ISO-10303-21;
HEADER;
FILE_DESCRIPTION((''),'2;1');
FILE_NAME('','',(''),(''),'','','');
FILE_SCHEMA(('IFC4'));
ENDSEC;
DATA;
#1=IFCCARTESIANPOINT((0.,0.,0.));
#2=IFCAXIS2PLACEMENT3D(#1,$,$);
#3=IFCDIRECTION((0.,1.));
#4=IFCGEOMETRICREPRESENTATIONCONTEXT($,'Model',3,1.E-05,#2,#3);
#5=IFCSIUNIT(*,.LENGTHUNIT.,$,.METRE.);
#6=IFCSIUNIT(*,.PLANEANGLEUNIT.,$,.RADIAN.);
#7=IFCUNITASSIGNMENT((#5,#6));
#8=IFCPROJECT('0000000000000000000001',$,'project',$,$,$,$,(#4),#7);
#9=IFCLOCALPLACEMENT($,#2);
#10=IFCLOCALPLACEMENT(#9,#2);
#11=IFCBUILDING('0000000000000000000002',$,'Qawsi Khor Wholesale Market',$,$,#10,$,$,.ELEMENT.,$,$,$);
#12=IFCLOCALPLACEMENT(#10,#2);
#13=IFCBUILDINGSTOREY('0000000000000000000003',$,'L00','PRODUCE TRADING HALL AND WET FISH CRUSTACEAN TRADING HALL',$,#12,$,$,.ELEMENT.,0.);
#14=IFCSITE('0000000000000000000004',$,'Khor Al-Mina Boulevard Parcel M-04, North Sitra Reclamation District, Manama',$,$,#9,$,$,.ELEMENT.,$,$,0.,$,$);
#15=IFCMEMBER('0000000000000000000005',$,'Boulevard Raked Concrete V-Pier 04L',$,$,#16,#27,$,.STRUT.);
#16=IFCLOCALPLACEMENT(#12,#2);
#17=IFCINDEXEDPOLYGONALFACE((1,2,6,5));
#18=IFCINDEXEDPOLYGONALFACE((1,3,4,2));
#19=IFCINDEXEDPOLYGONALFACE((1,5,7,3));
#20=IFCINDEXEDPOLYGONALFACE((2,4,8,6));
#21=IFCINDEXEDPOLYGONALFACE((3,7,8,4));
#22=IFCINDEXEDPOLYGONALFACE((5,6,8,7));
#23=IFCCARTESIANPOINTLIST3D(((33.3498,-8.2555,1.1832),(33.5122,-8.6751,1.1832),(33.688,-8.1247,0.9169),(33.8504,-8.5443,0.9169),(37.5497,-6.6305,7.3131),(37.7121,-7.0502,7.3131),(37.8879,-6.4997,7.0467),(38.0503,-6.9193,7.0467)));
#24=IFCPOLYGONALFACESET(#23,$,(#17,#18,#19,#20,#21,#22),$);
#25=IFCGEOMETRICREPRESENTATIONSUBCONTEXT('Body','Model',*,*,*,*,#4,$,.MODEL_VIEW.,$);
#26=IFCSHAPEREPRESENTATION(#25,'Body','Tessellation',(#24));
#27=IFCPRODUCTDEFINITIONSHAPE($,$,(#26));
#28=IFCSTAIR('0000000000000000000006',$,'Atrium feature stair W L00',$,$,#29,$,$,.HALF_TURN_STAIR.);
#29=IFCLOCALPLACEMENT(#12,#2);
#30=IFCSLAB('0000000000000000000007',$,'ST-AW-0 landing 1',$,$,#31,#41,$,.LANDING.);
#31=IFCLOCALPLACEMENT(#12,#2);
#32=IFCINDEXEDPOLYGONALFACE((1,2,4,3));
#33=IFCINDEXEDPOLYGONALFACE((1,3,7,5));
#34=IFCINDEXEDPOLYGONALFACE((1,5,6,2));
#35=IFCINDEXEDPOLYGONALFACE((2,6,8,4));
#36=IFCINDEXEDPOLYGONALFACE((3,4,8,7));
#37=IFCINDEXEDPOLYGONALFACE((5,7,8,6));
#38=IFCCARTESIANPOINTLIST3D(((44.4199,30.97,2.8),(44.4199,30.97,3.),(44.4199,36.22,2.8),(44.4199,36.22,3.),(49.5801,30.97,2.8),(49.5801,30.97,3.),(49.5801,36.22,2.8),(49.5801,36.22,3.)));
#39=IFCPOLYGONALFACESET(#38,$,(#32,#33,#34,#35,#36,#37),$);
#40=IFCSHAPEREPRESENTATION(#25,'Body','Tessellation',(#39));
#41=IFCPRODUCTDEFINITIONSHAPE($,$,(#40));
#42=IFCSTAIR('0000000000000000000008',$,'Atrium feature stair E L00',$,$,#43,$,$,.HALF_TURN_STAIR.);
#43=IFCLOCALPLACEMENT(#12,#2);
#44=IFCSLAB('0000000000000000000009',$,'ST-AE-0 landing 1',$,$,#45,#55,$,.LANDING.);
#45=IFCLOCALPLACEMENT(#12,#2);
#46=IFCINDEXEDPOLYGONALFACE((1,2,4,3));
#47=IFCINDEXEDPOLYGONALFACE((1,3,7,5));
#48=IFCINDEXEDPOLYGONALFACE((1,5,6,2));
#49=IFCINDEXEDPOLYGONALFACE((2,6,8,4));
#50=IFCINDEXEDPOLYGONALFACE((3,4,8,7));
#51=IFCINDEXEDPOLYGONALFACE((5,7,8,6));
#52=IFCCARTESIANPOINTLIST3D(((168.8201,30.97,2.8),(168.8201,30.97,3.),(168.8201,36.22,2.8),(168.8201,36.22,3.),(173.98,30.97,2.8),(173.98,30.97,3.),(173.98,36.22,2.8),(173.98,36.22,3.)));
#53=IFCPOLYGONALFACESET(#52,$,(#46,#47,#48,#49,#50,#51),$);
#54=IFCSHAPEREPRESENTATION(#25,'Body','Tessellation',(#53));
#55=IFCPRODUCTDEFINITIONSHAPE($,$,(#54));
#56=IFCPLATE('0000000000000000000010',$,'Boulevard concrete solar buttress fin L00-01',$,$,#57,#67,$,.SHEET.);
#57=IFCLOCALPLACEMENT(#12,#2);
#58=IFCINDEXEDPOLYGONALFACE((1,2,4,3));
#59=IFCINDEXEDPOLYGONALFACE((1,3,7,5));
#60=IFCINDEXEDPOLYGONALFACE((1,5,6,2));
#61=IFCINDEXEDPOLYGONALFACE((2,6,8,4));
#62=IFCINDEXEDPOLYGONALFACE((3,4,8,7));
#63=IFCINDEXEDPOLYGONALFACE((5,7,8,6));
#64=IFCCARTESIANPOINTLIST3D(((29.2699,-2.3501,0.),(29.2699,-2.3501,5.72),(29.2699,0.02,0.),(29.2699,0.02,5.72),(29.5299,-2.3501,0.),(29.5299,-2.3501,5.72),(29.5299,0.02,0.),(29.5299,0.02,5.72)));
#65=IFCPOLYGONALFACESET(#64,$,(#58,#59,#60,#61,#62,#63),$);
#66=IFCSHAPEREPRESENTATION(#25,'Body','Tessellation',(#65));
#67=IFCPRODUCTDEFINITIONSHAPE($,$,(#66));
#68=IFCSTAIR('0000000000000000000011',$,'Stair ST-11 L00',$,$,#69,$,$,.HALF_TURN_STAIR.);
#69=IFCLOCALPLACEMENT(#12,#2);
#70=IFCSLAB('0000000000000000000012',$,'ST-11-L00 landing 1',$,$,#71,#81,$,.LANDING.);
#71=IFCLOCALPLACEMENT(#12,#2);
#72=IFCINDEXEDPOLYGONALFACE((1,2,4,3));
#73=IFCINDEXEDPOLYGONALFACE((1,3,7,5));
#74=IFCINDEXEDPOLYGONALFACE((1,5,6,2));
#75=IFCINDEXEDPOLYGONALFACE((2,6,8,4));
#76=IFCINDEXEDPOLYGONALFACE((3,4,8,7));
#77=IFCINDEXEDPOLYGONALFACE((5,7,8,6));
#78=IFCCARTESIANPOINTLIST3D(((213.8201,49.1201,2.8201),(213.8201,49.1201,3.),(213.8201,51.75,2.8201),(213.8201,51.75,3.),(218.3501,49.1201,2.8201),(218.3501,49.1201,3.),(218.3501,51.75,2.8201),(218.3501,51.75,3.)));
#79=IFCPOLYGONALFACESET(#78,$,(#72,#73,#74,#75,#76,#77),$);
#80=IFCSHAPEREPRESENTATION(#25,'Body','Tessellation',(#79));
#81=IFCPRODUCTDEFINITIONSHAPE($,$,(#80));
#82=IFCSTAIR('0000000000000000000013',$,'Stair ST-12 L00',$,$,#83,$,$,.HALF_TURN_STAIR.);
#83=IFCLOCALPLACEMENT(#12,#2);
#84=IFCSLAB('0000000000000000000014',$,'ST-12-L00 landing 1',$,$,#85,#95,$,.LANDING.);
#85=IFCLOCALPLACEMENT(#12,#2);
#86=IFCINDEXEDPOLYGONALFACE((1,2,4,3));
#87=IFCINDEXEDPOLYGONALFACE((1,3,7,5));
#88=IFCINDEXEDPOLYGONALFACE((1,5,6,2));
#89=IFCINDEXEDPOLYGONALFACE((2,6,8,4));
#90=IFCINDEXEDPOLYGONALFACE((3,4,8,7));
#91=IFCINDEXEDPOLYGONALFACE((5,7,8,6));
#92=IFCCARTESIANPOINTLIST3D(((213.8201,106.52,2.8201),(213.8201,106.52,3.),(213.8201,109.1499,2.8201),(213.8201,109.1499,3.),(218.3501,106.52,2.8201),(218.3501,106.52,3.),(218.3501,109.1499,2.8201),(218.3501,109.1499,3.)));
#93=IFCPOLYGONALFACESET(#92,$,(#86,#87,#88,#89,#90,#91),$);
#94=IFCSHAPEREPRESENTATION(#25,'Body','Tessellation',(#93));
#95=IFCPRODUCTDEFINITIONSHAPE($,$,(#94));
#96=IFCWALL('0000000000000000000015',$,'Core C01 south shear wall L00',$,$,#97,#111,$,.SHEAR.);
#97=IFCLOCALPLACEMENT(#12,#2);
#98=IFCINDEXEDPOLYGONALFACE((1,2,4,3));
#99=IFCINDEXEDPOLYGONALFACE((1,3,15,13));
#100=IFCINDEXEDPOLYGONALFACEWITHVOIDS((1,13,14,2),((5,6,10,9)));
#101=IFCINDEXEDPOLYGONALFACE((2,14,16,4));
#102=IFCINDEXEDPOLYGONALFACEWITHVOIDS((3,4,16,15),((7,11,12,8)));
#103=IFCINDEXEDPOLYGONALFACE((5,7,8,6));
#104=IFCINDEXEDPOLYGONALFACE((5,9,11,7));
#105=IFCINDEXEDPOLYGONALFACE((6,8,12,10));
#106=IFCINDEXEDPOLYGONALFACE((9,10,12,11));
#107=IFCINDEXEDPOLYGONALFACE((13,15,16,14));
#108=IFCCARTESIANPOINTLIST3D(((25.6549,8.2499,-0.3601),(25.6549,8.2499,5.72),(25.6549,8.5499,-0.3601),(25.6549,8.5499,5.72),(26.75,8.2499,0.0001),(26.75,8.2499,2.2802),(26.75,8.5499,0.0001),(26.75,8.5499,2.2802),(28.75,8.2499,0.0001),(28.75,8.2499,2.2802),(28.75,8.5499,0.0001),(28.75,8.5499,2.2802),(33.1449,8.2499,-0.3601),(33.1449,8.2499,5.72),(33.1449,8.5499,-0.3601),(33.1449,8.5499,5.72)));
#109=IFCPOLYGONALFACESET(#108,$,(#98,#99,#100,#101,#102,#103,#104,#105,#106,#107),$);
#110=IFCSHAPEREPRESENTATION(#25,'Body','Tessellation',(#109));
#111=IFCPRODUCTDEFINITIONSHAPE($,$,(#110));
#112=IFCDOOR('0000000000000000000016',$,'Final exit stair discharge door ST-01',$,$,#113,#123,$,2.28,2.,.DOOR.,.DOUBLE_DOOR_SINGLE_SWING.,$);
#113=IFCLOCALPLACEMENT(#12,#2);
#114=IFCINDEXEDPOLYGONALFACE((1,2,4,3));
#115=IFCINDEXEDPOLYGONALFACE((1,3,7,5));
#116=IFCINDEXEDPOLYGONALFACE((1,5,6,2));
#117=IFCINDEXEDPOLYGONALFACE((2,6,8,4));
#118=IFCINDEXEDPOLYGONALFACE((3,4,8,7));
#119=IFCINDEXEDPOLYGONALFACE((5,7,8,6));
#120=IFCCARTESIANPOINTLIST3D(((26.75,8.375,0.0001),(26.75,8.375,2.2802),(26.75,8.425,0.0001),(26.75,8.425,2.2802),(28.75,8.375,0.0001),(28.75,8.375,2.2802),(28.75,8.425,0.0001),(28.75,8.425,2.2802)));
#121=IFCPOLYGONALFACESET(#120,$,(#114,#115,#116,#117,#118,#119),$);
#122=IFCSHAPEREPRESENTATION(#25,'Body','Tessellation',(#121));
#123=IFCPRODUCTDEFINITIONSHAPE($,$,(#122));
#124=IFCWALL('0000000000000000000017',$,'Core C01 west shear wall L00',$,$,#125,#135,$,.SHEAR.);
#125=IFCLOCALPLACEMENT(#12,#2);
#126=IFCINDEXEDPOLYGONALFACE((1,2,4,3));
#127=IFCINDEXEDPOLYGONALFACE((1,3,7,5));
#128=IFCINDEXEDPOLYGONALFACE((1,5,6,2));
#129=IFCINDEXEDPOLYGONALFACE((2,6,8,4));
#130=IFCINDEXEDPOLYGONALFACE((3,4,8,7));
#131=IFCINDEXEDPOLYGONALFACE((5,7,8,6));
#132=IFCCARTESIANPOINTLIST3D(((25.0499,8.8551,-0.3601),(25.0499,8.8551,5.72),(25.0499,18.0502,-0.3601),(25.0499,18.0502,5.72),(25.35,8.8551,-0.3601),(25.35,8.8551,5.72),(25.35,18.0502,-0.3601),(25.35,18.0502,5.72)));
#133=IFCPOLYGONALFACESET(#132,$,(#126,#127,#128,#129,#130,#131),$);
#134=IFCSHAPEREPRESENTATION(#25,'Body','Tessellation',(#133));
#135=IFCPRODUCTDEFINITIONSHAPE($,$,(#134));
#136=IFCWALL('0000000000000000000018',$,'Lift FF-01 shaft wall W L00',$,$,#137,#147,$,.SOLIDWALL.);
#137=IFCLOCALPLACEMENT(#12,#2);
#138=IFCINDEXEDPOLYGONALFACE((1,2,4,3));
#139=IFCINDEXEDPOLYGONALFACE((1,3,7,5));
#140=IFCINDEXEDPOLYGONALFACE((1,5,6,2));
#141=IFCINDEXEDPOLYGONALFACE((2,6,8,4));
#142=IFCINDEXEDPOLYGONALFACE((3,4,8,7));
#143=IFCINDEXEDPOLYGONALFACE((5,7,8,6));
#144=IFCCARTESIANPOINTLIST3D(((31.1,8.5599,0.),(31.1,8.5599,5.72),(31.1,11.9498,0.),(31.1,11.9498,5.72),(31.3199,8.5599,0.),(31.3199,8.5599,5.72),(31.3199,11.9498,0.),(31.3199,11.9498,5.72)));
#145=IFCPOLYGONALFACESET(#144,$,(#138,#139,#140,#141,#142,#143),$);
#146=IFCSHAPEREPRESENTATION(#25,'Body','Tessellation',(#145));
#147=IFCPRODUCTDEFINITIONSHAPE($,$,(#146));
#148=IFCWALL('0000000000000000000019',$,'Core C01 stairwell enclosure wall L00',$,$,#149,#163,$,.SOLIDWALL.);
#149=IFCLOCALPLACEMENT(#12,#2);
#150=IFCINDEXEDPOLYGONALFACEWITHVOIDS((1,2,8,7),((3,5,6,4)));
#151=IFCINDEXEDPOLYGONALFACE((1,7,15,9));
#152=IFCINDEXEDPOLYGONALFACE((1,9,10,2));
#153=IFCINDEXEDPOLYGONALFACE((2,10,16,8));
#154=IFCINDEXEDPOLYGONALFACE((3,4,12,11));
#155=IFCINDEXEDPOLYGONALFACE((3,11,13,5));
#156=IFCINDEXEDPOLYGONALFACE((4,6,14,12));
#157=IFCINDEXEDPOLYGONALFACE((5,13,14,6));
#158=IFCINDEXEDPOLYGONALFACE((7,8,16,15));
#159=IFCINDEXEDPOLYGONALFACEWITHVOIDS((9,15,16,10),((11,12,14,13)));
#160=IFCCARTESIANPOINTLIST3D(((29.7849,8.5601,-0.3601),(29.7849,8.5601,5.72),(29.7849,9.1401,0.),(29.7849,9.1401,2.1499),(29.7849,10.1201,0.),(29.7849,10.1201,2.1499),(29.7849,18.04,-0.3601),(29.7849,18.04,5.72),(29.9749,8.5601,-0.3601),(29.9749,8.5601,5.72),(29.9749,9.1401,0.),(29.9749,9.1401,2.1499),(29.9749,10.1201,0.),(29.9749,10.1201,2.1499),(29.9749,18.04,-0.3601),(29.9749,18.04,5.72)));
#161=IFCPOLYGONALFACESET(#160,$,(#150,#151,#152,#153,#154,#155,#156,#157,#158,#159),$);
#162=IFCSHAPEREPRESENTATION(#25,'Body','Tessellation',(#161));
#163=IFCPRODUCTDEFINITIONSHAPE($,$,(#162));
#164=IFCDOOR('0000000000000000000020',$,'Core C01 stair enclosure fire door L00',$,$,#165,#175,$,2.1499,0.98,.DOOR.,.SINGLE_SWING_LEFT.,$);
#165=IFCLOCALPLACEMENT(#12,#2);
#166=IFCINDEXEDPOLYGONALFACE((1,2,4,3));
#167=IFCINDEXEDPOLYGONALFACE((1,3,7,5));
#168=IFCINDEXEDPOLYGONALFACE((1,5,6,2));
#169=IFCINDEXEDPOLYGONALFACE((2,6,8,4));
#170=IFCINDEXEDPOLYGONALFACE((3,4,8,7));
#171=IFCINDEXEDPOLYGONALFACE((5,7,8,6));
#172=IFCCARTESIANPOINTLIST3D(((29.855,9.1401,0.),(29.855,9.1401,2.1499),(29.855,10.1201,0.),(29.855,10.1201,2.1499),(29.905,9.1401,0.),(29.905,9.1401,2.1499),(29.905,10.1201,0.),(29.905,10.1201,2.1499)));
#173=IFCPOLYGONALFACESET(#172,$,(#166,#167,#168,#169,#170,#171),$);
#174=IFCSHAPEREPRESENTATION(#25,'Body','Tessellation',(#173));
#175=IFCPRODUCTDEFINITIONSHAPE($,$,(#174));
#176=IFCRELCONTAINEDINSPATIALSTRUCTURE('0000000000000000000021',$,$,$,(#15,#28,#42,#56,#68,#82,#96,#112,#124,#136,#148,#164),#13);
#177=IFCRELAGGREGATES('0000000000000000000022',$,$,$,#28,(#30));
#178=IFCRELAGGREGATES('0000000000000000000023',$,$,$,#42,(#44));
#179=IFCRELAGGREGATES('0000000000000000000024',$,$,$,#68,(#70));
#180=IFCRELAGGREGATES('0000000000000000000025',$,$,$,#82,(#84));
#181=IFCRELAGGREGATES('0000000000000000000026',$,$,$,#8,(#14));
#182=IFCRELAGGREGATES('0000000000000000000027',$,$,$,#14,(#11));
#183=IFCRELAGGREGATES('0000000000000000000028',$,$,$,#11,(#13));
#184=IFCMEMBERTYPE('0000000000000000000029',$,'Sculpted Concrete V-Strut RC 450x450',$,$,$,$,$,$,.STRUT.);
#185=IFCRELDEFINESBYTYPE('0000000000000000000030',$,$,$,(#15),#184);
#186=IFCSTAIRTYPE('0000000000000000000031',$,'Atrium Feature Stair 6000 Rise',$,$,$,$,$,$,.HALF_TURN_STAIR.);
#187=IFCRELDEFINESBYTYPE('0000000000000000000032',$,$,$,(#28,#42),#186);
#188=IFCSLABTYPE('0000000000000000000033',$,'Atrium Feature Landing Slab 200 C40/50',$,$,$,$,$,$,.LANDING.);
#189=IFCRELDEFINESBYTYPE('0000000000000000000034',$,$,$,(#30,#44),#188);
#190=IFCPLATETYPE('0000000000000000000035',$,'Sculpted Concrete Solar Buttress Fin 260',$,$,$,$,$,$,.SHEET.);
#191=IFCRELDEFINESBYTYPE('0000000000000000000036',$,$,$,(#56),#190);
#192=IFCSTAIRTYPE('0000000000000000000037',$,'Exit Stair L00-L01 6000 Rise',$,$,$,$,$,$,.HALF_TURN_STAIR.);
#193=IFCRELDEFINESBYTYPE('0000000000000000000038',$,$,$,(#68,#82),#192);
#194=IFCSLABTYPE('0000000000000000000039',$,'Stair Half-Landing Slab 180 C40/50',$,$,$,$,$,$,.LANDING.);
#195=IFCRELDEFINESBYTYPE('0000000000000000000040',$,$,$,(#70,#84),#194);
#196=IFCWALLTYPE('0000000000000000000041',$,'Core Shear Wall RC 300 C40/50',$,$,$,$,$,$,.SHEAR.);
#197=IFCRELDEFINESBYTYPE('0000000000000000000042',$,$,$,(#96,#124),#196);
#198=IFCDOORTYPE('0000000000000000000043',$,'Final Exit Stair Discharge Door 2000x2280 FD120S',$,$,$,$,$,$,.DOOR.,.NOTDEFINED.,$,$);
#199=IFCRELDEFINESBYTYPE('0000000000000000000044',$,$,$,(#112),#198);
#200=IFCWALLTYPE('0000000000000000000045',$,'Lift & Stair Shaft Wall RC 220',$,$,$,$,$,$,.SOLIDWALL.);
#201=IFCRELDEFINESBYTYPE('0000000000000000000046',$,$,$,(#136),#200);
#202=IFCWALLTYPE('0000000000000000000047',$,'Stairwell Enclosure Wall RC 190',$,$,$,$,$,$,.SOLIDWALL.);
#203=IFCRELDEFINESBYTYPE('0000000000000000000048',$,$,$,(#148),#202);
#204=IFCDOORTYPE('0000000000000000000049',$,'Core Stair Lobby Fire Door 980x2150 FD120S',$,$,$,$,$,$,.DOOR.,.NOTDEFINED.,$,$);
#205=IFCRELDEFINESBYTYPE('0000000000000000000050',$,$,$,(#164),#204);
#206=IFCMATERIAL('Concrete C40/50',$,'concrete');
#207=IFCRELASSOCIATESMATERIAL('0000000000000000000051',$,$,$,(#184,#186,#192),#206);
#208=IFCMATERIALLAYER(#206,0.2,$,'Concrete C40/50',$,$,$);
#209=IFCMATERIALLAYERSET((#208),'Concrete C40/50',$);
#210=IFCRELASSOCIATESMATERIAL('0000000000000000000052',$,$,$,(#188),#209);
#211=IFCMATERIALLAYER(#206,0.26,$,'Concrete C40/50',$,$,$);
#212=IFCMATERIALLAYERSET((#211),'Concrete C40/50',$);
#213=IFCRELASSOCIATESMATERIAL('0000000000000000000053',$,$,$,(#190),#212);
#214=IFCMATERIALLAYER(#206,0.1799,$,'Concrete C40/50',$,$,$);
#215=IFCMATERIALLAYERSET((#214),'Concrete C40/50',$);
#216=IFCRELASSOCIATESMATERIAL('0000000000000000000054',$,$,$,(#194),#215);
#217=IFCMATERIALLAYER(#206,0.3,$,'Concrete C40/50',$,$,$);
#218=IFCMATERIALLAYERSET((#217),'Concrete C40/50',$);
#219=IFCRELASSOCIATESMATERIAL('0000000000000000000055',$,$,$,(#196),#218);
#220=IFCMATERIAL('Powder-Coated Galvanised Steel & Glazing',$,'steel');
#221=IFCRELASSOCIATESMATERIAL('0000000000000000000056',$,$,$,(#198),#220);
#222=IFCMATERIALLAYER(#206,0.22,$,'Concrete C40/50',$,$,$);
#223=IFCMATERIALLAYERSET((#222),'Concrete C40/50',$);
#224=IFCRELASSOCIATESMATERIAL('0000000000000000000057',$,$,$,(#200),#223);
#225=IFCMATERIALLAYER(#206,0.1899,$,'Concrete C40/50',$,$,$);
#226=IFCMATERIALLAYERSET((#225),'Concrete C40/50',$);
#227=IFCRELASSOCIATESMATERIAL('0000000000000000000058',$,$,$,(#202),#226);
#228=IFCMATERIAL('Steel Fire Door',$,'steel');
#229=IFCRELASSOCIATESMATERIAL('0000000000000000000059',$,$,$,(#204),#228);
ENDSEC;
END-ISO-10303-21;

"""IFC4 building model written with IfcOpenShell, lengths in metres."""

from ifc_helpers import new_model, si_unit, direction, frame, frame_2d, origin, origin_2d, place, context, subcontext, project, spatial, polyline, rectangle, outline, extrude, material, layer, layer_set, material_profile, profile_set, type_object, element, fill, aggregate, save


model = new_model("IFC4")

# Units and contexts
model_context = context("Model", 3, precision=1e-05, world=origin(), true_north=direction((0.0, 1.0)))
body_context = subcontext(model_context, "Body", "Model", "MODEL_VIEW")
ifc_project = project(units=[si_unit("LENGTHUNIT", "METRE"), si_unit("PLANEANGLEUNIT", "RADIAN")], contexts=[model_context])

# Site, building, storey
site_placement = place(None, origin())
site = spatial("IfcSite", under=ifc_project, at=site_placement, Name="Khor Al-Mina Boulevard Parcel M-04, North Sitra Reclamation District, Manama", CompositionType="ELEMENT", RefElevation=0.0)
building_placement = place(site_placement, origin())
building = spatial("IfcBuilding", under=site, at=building_placement, Name="Qawsi Khor Wholesale Market", CompositionType="ELEMENT")
storey_placement = place(building_placement, origin())
storey = spatial("IfcBuildingStorey", under=building, at=storey_placement, Name="L00", Description="PRODUCE TRADING HALL AND WET FISH CRUSTACEAN TRADING HALL", CompositionType="ELEMENT", Elevation=0.0)

# Shared definitions
ifc_material_1 = material(Name="Concrete C40/50", Category="concrete")

# Member
ifc_material_profile_1 = material_profile(ifc_material_1, rectangle(XDim=0.45, YDim=0.45, at=origin_2d()), Name="RC 450x450")
ifc_profile_set_1 = profile_set([ifc_material_profile_1], Name="Concrete C40/50")
member_type_1 = type_object("IfcMemberType", Name="Sculpted Concrete V-Strut RC 450x450", PredefinedType="STRUT", material=ifc_profile_set_1)
member_1_placement = place(storey_placement, frame((33.6001, -8.3999, 1.05), z_axis=(0.552168, 0.213639, 0.805896), x_axis=(-0.360842, 0.932627, 0.0)))
element("IfcMember", 1, at=member_1_placement, inside=storey, type_object=member_type_1, Name="Boulevard Raked Concrete V-Pier 04L", PredefinedType="STRUT", context=body_context, shape_type="SweptSolid", body=[
    extrude(rectangle(XDim=0.45, YDim=0.45, at=origin_2d()), origin(), (0.0, 0.0, 1.0), 7.6062),
])

# Stairs, slabs
stair_type_1 = type_object("IfcStairType", Name="Atrium Feature Stair 6000 Rise", PredefinedType="HALF_TURN_STAIR", material=ifc_material_1)
stair_1_placement = place(storey_placement, origin())
stair_1 = element("IfcStair", 2, at=stair_1_placement, inside=storey, type_object=stair_type_1, Name="Atrium feature stair W L00", PredefinedType="HALF_TURN_STAIR")
ifc_layer_1 = layer(ifc_material_1, 0.2, Name="Concrete C40/50")
ifc_layer_set_1 = layer_set([ifc_layer_1], Name="Concrete C40/50")
slab_type_1 = type_object("IfcSlabType", Name="Atrium Feature Landing Slab 200 C40/50", PredefinedType="LANDING", material=ifc_layer_set_1)
slab_1_placement = place(storey_placement, frame((0.0, 0.0, 2.8)))
slab_1 = element("IfcSlab", 3, at=slab_1_placement, type_object=slab_type_1, Name="ST-AW-0 landing 1", PredefinedType="LANDING", context=body_context, shape_type="SweptSolid", body=[
    extrude(outline(polyline([(44.4199, 30.97), (49.5801, 30.97), (49.5801, 36.22), (44.4199, 36.22), (44.4199, 30.97)])), origin(), (0.0, 0.0, 1.0), 0.2),
])
aggregate(stair_1, [slab_1])
stair_2_placement = place(storey_placement, origin())
stair_2 = element("IfcStair", 4, at=stair_2_placement, inside=storey, type_object=stair_type_1, Name="Atrium feature stair E L00", PredefinedType="HALF_TURN_STAIR")
slab_2_placement = place(storey_placement, frame((0.0, 0.0, 2.8)))
slab_2 = element("IfcSlab", 5, at=slab_2_placement, type_object=slab_type_1, Name="ST-AE-0 landing 1", PredefinedType="LANDING", context=body_context, shape_type="SweptSolid", body=[
    extrude(outline(polyline([(168.8201, 30.97), (173.98, 30.97), (173.98, 36.22), (168.8201, 36.22), (168.8201, 30.97)])), origin(), (0.0, 0.0, 1.0), 0.2),
])
aggregate(stair_2, [slab_2])

# Plate
ifc_layer_2 = layer(ifc_material_1, 0.26, Name="Concrete C40/50")
ifc_layer_set_2 = layer_set([ifc_layer_2], Name="Concrete C40/50")
plate_type = type_object("IfcPlateType", Name="Sculpted Concrete Solar Buttress Fin 260", PredefinedType="SHEET", material=ifc_layer_set_2)
plate_placement = place(storey_placement, frame((29.3999, -2.3501, 0.0), z_axis=(0.0, 0.0, 1.0), x_axis=(0.0, 1.0, 0.0)))
element("IfcPlate", 6, at=plate_placement, inside=storey, type_object=plate_type, Name="Boulevard concrete solar buttress fin L00-01", PredefinedType="SHEET", context=body_context, shape_type="SweptSolid", body=[
    extrude(rectangle(XDim=2.3701, YDim=0.26, at=frame_2d((1.1851, 0.0))), origin(), (0.0, 0.0, 1.0), 5.72),
])

# Stairs, slabs
stair_type_2 = type_object("IfcStairType", Name="Exit Stair L00-L01 6000 Rise", PredefinedType="HALF_TURN_STAIR", material=ifc_material_1)
stair_3_placement = place(storey_placement, origin())
stair_3 = element("IfcStair", 7, at=stair_3_placement, inside=storey, type_object=stair_type_2, Name="Stair ST-11 L00", PredefinedType="HALF_TURN_STAIR")
ifc_layer_3 = layer(ifc_material_1, 0.1799, Name="Concrete C40/50")
ifc_layer_set_3 = layer_set([ifc_layer_3], Name="Concrete C40/50")
slab_type_2 = type_object("IfcSlabType", Name="Stair Half-Landing Slab 180 C40/50", PredefinedType="LANDING", material=ifc_layer_set_3)
slab_3_placement = place(storey_placement, frame((0.0, 0.0, 2.8201)))
slab_3 = element("IfcSlab", 8, at=slab_3_placement, type_object=slab_type_2, Name="ST-11-L00 landing 1", PredefinedType="LANDING", context=body_context, shape_type="SweptSolid", body=[
    extrude(outline(polyline([(213.8201, 49.1201), (218.3501, 49.1201), (218.3501, 51.75), (213.8201, 51.75), (213.8201, 49.1201)])), origin(), (0.0, 0.0, 1.0), 0.1799),
])
aggregate(stair_3, [slab_3])
stair_4_placement = place(storey_placement, origin())
stair_4 = element("IfcStair", 9, at=stair_4_placement, inside=storey, type_object=stair_type_2, Name="Stair ST-12 L00", PredefinedType="HALF_TURN_STAIR")
slab_4_placement = place(storey_placement, frame((0.0, 0.0, 2.8201)))
slab_4 = element("IfcSlab", 10, at=slab_4_placement, type_object=slab_type_2, Name="ST-12-L00 landing 1", PredefinedType="LANDING", context=body_context, shape_type="SweptSolid", body=[
    extrude(outline(polyline([(213.8201, 106.52), (218.3501, 106.52), (218.3501, 109.1499), (213.8201, 109.1499), (213.8201, 106.52)])), origin(), (0.0, 0.0, 1.0), 0.1799),
])
aggregate(stair_4, [slab_4])

# Wall, opening, door
ifc_layer_4 = layer(ifc_material_1, 0.3, Name="Concrete C40/50")
ifc_layer_set_4 = layer_set([ifc_layer_4], Name="Concrete C40/50")
wall_type_1 = type_object("IfcWallType", Name="Core Shear Wall RC 300 C40/50", PredefinedType="SHEAR", material=ifc_layer_set_4)
wall_1_placement = place(storey_placement, frame((33.145, 8.3999, -0.3601), z_axis=(0.0, 0.0, 1.0), x_axis=(-1.0, 0.0, 0.0)))
wall_1 = element("IfcWall", 11, at=wall_1_placement, inside=storey, type_object=wall_type_1, Name="Core C01 south shear wall L00", PredefinedType="SHEAR", context=body_context, shape_type="SweptSolid", body=[
    extrude(rectangle(XDim=7.49, YDim=0.3, at=frame_2d((3.7451, 0.0))), origin(), (0.0, 0.0, 1.0), 6.0801),
])
opening_1_placement = place(wall_1_placement, frame((4.395, 0.0, 0.3601)))
opening_1 = element("IfcOpeningElement", 12, at=opening_1_placement, cuts=wall_1, PredefinedType="OPENING", context=body_context, shape_type="SweptSolid", body=[
    extrude(rectangle(XDim=2.0, YDim=2.28, at=frame_2d((1.0, 1.1401))), frame((0.0, 0.1599, 0.0), z_axis=(0.0, -1.0, 0.0), x_axis=(1.0, 0.0, 0.0)), (0.0, 0.0, 1.0), 0.3201),
])
ifc_material_2 = material(Name="Powder-Coated Galvanised Steel & Glazing", Category="steel")
door_type_1 = type_object("IfcDoorType", Name="Final Exit Stair Discharge Door 2000x2280 FD120S", OperationType="NOTDEFINED", PredefinedType="DOOR", material=ifc_material_2)
door_1_placement = place(opening_1_placement, origin())
door_1 = element("IfcDoor", 13, at=door_1_placement, inside=storey, type_object=door_type_1, Name="Final exit stair discharge door ST-01", OperationType="DOUBLE_DOOR_SINGLE_SWING", OverallHeight=2.28, OverallWidth=2.0, PredefinedType="DOOR", context=body_context, shape_type="SweptSolid", body=[
    extrude(rectangle(XDim=2.0, YDim=2.28, at=frame_2d((1.0, 1.1401))), frame((0.0, 0.0249, 0.0), z_axis=(0.0, -1.0, 0.0), x_axis=(1.0, 0.0, 0.0)), (0.0, 0.0, 1.0), 0.05),
])
fill(opening_1, door_1)

# Walls
wall_2_placement = place(storey_placement, frame((25.2, 8.855, -0.3601), z_axis=(0.0, 0.0, 1.0), x_axis=(0.0, 1.0, 0.0)))
element("IfcWall", 14, at=wall_2_placement, inside=storey, type_object=wall_type_1, Name="Core C01 west shear wall L00", PredefinedType="SHEAR", context=body_context, shape_type="SweptSolid", body=[
    extrude(rectangle(XDim=9.1951, YDim=0.3, at=frame_2d((4.5977, 0.0))), origin(), (0.0, 0.0, 1.0), 6.0801),
])
ifc_layer_5 = layer(ifc_material_1, 0.22, Name="Concrete C40/50")
ifc_layer_set_5 = layer_set([ifc_layer_5], Name="Concrete C40/50")
wall_type_2 = type_object("IfcWallType", Name="Lift & Stair Shaft Wall RC 220", PredefinedType="SOLIDWALL", material=ifc_layer_set_5)
wall_3_placement = place(storey_placement, frame((31.21, 8.5601, 0.0), z_axis=(0.0, 0.0, 1.0), x_axis=(0.0, 1.0, 0.0)))
element("IfcWall", 15, at=wall_3_placement, inside=storey, type_object=wall_type_2, Name="Lift FF-01 shaft wall W L00", PredefinedType="SOLIDWALL", context=body_context, shape_type="SweptSolid", body=[
    extrude(rectangle(XDim=3.3899, YDim=0.22, at=frame_2d((1.6948, 0.0))), origin(), (0.0, 0.0, 1.0), 5.72),
])

# Wall, opening, door
ifc_layer_6 = layer(ifc_material_1, 0.1899, Name="Concrete C40/50")
ifc_layer_set_6 = layer_set([ifc_layer_6], Name="Concrete C40/50")
wall_type_3 = type_object("IfcWallType", Name="Stairwell Enclosure Wall RC 190", PredefinedType="SOLIDWALL", material=ifc_layer_set_6)
wall_4_placement = place(storey_placement, frame((29.8799, 8.5601, -0.3601), z_axis=(0.0, 0.0, 1.0), x_axis=(0.0, 1.0, 0.0)))
wall_4 = element("IfcWall", 16, at=wall_4_placement, inside=storey, type_object=wall_type_3, Name="Core C01 stairwell enclosure wall L00", PredefinedType="SOLIDWALL", context=body_context, shape_type="SweptSolid", body=[
    extrude(rectangle(XDim=9.48, YDim=0.1899, at=frame_2d((4.74, 0.0))), origin(), (0.0, 0.0, 1.0), 6.0801),
])
opening_2_placement = place(wall_4_placement, frame((0.5801, 0.0, 0.3601)))
opening_2 = element("IfcOpeningElement", 17, at=opening_2_placement, cuts=wall_4, PredefinedType="OPENING", context=body_context, shape_type="SweptSolid", body=[
    extrude(rectangle(XDim=0.98, YDim=2.1499, at=frame_2d((0.49, 1.075))), frame((0.0, 0.105, 0.0), z_axis=(0.0, -1.0, 0.0), x_axis=(1.0, 0.0, 0.0)), (0.0, 0.0, 1.0), 0.21),
])
ifc_material_3 = material(Name="Steel Fire Door", Category="steel")
door_type_2 = type_object("IfcDoorType", Name="Core Stair Lobby Fire Door 980x2150 FD120S", OperationType="NOTDEFINED", PredefinedType="DOOR", material=ifc_material_3)
door_2_placement = place(opening_2_placement, origin())
door_2 = element("IfcDoor", 18, at=door_2_placement, inside=storey, type_object=door_type_2, Name="Core C01 stair enclosure fire door L00", OperationType="SINGLE_SWING_LEFT", OverallHeight=2.1499, OverallWidth=0.98, PredefinedType="DOOR", context=body_context, shape_type="SweptSolid", body=[
    extrude(rectangle(XDim=0.98, YDim=2.1499, at=frame_2d((0.49, 1.075))), frame((0.0, 0.0249, 0.0), z_axis=(0.0, -1.0, 0.0), x_axis=(1.0, 0.0, 0.0)), (0.0, 0.0, 1.0), 0.05),
])
fill(opening_2, door_2)

save(model, "model.ifc")
